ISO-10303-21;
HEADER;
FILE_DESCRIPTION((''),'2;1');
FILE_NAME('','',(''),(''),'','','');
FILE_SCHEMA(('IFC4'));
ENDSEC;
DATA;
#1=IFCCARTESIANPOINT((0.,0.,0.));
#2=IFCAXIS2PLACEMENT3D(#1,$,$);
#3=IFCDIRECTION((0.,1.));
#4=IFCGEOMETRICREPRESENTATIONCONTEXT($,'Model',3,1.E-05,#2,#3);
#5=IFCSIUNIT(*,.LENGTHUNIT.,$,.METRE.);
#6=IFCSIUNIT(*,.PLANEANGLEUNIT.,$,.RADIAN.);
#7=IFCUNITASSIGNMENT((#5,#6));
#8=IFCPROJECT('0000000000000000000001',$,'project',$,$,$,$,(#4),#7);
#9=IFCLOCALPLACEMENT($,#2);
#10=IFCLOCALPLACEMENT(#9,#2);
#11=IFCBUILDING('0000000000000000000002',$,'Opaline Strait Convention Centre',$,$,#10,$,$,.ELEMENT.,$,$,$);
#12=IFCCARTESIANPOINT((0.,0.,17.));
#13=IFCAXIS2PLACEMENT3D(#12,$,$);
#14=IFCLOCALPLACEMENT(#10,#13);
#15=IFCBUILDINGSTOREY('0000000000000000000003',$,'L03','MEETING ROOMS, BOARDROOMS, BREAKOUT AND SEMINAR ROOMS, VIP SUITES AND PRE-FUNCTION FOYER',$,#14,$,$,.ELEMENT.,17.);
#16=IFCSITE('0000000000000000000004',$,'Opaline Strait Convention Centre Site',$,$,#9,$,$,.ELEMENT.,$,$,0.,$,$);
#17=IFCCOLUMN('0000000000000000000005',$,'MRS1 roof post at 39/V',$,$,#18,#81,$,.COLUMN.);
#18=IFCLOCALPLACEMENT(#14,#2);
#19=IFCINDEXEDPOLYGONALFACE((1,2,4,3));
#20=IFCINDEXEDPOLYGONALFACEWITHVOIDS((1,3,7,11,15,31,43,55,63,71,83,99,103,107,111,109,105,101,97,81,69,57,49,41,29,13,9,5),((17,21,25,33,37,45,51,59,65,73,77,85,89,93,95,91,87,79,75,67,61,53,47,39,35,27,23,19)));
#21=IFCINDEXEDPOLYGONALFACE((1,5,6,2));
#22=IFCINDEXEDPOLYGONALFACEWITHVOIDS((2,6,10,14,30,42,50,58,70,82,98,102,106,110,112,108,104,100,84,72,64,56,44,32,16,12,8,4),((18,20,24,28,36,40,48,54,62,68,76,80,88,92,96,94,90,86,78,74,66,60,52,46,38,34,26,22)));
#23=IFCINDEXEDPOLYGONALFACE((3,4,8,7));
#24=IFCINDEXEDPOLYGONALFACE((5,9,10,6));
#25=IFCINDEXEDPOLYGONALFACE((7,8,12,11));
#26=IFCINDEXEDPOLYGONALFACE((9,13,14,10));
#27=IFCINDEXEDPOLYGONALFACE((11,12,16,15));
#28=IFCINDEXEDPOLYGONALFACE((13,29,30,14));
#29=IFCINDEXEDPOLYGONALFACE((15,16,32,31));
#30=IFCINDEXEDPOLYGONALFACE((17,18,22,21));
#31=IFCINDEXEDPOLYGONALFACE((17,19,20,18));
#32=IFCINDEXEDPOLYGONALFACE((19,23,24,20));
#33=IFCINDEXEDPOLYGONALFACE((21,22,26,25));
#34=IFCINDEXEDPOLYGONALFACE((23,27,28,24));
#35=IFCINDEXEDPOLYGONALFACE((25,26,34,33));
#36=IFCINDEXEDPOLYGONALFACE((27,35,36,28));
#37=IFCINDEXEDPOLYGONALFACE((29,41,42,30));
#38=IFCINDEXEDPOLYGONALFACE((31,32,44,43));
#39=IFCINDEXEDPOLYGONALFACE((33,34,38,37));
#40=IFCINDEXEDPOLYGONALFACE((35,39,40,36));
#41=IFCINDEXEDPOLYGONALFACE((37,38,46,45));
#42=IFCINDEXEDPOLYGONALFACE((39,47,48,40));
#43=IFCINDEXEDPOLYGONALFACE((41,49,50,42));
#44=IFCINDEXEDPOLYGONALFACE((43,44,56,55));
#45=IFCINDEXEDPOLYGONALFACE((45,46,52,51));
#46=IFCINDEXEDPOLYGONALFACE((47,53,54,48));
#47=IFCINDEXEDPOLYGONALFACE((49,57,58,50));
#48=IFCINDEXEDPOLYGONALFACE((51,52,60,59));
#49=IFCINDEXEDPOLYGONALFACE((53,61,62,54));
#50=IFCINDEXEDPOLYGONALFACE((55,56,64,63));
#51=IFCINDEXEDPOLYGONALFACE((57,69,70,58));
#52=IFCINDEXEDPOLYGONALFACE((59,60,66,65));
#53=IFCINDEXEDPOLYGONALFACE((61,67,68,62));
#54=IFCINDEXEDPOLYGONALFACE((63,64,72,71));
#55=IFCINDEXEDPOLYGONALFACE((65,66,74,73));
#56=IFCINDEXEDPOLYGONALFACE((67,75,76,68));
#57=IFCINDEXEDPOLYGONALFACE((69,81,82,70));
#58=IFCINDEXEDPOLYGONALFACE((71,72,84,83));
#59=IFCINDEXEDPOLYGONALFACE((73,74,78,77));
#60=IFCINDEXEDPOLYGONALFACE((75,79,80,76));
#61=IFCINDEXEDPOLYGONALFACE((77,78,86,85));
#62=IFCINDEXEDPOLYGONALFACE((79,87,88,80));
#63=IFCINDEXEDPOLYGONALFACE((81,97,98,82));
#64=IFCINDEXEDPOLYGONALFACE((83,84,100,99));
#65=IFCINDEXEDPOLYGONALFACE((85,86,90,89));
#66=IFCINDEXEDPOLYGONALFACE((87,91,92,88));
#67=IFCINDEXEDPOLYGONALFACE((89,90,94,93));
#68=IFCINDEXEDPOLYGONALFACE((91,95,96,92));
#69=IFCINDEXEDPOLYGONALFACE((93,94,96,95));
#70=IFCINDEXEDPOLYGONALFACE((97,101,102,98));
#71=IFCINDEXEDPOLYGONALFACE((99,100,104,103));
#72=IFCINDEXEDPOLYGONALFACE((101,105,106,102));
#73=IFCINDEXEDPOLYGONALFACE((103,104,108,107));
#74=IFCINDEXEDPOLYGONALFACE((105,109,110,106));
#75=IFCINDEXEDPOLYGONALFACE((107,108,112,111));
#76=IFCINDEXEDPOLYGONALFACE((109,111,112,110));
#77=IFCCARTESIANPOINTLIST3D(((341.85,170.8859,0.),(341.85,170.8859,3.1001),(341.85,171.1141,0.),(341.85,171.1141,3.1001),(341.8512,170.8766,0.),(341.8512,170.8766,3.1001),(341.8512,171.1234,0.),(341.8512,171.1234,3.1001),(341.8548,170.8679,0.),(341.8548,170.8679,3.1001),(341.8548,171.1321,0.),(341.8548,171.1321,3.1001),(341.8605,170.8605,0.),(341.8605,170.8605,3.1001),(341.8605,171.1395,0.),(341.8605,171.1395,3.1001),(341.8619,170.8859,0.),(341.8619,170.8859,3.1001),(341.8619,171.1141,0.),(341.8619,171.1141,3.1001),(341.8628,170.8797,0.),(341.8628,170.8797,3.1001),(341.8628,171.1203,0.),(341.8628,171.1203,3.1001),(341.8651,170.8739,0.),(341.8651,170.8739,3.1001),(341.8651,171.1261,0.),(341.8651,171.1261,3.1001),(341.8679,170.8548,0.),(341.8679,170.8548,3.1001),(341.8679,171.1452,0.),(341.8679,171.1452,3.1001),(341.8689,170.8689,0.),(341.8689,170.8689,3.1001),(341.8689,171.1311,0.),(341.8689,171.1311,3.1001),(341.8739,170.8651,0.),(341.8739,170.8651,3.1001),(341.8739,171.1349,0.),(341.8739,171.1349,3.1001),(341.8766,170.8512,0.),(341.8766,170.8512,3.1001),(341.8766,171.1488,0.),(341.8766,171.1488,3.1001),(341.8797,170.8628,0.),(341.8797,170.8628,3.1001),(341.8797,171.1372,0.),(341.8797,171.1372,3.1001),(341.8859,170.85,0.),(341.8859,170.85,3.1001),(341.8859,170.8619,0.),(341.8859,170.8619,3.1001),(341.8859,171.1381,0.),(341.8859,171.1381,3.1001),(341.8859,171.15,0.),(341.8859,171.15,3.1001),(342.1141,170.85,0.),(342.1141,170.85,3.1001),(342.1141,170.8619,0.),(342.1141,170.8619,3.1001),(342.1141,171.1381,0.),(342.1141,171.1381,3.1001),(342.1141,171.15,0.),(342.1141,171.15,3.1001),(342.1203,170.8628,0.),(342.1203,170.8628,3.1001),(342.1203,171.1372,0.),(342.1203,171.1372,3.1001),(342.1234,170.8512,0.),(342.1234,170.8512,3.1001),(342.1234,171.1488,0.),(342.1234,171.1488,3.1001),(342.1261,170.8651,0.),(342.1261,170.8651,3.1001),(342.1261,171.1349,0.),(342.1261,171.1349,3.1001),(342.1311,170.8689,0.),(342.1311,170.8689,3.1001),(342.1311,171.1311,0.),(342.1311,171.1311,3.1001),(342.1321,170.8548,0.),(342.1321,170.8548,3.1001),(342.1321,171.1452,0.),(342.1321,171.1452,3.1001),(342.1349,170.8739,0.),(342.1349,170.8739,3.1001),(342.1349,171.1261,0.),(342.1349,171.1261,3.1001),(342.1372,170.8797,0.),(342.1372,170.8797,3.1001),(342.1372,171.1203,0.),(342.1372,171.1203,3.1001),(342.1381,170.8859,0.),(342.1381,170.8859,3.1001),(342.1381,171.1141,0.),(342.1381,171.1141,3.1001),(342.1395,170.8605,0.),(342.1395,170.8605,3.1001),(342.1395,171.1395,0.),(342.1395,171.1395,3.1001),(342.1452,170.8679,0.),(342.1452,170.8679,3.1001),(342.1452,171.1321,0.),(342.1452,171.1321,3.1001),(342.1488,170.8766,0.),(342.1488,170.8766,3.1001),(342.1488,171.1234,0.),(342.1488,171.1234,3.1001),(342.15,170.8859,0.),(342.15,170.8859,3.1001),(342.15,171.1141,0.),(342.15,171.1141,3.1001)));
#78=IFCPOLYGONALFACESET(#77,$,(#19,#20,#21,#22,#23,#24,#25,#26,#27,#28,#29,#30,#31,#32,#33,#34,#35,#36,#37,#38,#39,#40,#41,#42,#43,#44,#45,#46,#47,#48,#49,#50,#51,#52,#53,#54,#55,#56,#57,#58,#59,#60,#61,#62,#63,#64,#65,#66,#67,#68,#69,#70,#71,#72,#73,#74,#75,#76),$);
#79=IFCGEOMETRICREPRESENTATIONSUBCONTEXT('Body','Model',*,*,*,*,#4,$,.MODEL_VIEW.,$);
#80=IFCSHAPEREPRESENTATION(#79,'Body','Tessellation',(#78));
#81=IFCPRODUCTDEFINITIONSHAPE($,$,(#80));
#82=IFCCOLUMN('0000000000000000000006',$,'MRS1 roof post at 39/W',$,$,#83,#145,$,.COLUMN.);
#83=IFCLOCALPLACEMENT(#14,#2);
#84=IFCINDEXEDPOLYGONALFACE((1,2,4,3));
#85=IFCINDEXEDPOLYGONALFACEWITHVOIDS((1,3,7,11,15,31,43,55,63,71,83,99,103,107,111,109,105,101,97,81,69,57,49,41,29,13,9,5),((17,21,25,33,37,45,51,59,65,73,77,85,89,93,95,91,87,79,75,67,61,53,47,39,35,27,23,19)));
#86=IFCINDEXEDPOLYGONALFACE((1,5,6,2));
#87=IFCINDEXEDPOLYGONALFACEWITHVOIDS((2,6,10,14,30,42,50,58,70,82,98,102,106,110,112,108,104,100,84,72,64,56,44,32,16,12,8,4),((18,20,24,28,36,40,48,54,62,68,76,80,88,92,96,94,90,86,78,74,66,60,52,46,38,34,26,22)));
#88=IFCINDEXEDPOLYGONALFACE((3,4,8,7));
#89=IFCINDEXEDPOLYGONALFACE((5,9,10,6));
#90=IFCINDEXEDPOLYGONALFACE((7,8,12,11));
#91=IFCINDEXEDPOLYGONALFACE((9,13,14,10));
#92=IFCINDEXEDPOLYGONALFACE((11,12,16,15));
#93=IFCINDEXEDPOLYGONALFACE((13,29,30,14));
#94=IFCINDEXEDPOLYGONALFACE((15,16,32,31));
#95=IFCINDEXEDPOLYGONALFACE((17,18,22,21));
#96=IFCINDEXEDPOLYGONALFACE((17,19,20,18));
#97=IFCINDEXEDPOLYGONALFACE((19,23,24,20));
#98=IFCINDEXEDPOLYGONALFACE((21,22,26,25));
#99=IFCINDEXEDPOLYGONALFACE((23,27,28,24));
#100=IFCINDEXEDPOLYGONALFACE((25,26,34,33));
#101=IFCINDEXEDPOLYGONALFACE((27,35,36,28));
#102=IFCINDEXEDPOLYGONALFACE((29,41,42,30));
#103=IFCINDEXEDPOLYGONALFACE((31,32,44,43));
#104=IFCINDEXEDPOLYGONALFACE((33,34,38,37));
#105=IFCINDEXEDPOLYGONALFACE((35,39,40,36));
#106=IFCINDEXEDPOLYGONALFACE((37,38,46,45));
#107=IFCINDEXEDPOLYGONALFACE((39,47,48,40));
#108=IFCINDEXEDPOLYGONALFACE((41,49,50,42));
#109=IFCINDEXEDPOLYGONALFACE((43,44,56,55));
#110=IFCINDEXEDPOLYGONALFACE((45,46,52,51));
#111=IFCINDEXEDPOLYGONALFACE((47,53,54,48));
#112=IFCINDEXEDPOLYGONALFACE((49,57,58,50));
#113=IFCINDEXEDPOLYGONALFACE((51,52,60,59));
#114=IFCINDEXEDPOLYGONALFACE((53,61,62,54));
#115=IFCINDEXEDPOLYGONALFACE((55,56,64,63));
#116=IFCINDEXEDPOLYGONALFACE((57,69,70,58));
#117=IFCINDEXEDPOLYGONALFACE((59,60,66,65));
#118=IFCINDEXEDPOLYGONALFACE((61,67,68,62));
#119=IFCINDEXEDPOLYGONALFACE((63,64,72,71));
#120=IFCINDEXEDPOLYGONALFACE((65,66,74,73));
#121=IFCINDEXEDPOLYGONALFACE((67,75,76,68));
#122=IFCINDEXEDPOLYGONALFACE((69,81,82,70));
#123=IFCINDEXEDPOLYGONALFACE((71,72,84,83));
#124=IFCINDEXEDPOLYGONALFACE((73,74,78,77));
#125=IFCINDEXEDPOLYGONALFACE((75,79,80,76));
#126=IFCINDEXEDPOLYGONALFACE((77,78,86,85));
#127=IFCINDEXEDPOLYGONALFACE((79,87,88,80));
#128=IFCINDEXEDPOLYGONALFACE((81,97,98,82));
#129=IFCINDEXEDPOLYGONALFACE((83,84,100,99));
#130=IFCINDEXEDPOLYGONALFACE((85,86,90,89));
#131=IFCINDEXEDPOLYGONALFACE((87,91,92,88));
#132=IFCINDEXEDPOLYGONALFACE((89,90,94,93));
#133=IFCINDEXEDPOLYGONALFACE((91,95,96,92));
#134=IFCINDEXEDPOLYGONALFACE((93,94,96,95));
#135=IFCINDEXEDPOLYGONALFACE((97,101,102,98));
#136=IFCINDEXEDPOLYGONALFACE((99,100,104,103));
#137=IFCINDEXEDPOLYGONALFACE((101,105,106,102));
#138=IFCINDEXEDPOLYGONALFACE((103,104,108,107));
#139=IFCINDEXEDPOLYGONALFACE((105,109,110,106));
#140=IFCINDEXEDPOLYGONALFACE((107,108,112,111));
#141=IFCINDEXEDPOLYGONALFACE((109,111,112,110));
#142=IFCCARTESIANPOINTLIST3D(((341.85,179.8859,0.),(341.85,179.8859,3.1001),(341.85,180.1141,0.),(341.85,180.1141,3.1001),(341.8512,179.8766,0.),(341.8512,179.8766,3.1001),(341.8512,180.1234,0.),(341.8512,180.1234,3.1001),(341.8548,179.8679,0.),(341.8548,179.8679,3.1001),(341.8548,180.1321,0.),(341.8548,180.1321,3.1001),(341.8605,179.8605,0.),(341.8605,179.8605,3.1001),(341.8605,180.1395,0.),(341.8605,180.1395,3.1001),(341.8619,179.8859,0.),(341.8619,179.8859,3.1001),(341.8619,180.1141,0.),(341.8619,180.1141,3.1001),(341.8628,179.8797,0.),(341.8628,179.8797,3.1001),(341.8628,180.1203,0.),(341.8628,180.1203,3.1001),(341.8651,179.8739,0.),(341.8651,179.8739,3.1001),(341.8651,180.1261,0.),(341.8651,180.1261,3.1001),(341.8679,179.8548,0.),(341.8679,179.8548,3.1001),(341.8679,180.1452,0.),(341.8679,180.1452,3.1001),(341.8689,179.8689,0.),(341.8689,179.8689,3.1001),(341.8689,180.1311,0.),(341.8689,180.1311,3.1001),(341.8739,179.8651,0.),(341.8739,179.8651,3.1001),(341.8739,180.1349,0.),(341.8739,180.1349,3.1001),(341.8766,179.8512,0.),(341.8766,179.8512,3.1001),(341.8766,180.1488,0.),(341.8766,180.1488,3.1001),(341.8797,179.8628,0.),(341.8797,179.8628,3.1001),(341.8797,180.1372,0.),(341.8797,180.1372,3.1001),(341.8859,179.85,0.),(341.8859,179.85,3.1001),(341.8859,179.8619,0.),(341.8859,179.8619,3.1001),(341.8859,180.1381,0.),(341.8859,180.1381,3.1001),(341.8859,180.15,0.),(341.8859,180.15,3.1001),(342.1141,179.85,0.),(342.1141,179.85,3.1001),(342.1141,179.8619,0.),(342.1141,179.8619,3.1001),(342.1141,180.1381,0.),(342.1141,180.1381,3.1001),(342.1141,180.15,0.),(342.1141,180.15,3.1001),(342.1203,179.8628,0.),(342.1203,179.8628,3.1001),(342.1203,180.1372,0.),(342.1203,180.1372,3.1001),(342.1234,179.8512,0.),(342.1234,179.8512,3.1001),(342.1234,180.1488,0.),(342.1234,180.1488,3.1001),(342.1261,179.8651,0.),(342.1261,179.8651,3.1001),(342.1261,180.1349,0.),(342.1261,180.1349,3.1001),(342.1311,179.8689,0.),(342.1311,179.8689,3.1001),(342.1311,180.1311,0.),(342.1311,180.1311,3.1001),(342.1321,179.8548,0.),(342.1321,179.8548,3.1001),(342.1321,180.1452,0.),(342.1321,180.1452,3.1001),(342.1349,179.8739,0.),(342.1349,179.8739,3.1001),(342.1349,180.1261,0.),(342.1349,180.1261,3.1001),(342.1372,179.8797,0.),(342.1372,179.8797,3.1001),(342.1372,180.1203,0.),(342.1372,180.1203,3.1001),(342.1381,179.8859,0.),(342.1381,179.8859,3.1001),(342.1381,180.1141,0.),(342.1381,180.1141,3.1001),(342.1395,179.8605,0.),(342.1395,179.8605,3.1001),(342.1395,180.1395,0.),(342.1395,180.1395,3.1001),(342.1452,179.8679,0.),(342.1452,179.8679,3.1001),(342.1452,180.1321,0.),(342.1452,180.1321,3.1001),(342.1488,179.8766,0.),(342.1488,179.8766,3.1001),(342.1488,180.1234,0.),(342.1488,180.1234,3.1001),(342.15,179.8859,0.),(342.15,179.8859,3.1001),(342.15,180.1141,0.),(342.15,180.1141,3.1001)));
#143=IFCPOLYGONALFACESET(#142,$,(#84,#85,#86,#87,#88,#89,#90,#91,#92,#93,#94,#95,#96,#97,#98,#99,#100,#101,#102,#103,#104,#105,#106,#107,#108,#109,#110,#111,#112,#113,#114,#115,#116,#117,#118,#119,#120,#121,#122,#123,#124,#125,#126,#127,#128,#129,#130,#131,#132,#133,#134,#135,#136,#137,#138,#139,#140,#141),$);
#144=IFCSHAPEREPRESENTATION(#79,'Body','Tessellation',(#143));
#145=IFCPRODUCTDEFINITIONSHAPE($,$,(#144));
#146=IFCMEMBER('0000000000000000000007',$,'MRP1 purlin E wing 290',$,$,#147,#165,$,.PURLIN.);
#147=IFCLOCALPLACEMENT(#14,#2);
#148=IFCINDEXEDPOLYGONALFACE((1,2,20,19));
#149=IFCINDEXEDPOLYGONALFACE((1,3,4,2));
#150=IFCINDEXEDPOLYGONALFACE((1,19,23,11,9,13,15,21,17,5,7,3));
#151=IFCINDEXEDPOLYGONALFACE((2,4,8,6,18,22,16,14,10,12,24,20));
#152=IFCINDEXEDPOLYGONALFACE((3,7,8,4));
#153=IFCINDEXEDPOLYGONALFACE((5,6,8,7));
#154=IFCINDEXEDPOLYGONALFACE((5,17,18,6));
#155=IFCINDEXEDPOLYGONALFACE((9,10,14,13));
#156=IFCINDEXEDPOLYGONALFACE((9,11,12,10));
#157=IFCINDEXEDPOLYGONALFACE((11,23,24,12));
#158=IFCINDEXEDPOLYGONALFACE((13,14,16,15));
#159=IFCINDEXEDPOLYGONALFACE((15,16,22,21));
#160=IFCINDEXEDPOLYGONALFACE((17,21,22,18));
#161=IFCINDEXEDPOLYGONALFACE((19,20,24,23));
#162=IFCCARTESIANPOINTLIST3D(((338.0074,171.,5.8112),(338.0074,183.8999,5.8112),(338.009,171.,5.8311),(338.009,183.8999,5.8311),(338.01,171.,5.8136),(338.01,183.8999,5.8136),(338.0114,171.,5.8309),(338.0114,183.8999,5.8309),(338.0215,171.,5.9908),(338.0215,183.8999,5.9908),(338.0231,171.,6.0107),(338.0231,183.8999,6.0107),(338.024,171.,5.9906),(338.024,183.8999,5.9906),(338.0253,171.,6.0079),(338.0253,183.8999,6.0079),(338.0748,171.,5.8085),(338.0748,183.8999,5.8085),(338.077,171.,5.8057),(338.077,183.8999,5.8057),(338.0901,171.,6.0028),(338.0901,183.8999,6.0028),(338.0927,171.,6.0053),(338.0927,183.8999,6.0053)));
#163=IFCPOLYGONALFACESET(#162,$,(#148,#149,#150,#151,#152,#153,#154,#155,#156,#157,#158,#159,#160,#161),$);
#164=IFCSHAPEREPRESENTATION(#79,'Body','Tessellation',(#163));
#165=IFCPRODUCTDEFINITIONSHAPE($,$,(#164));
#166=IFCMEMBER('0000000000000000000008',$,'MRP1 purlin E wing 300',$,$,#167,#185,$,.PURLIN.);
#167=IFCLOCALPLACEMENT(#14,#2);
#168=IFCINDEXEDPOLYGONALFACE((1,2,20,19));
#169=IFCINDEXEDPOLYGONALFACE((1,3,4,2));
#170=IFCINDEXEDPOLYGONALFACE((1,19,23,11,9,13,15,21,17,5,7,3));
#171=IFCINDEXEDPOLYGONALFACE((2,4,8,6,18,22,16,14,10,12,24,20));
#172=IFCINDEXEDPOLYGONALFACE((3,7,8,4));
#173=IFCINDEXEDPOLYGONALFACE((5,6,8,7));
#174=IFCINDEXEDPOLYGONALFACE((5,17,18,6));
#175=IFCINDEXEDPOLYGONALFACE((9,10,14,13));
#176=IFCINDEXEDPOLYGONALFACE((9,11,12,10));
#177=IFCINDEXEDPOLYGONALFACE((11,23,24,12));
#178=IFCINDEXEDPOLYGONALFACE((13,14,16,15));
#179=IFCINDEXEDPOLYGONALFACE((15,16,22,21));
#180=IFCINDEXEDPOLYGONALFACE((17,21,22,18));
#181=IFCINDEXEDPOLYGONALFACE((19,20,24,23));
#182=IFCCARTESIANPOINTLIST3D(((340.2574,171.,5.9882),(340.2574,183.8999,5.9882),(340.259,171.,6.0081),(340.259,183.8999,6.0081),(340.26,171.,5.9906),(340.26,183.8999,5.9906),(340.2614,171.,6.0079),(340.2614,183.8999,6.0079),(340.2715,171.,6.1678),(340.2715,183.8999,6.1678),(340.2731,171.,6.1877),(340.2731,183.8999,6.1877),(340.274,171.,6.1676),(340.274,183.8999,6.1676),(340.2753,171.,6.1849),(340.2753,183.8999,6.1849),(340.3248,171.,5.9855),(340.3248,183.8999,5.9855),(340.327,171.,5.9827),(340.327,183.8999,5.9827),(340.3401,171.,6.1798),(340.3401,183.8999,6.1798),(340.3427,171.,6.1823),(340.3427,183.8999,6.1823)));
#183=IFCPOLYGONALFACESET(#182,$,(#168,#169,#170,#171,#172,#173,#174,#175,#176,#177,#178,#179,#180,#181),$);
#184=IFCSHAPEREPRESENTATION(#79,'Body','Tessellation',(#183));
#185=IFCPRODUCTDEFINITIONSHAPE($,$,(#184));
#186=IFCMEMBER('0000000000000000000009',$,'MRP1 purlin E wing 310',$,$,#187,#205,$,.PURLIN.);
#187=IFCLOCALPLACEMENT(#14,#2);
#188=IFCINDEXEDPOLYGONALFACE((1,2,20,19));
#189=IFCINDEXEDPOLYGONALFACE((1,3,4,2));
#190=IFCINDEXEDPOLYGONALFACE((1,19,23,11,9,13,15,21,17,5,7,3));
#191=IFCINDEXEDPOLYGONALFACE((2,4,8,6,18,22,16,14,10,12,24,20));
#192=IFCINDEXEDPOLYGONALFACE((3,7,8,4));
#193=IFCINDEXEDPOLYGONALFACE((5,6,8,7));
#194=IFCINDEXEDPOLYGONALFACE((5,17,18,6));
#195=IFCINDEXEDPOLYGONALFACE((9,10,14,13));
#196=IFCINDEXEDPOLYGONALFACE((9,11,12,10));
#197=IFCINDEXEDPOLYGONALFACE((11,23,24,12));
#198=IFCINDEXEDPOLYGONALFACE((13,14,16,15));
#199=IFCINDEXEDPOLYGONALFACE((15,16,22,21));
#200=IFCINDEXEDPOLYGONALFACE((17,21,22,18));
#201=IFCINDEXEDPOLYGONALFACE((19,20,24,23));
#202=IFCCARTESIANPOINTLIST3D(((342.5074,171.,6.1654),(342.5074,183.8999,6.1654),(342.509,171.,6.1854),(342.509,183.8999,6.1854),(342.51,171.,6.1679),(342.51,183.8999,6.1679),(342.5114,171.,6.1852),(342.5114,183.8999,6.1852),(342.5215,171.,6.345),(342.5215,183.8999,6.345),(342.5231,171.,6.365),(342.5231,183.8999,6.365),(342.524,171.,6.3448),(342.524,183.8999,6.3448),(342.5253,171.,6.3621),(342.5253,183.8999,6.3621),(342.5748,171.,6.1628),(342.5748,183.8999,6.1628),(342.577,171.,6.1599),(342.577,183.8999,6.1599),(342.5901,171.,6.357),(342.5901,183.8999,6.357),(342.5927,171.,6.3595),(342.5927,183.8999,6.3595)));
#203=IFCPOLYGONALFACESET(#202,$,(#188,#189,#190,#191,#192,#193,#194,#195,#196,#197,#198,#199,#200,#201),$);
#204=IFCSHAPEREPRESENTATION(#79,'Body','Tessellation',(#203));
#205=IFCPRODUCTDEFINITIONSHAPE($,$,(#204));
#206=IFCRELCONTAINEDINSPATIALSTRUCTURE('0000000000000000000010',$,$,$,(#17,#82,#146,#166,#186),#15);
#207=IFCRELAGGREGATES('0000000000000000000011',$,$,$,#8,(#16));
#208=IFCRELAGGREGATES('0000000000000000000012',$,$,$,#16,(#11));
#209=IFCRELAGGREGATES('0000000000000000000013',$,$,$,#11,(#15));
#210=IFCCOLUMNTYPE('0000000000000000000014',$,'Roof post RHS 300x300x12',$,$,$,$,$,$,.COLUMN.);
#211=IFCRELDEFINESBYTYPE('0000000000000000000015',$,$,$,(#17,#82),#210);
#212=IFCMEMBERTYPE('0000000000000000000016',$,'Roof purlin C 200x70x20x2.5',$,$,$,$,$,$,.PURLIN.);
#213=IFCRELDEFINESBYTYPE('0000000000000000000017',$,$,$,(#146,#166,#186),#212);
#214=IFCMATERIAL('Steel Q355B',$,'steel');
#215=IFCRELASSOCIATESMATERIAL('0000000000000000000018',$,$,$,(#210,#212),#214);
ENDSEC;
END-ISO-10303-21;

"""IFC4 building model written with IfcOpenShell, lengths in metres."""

from ifc_helpers import new_model, si_unit, direction, frame, origin, origin_2d, place, context, subcontext, project, spatial, polyline, hollow_rectangle, outline, extrude, material, material_profile, profile_set, type_object, element, save


model = new_model("IFC4")

# Units and contexts
model_context = context("Model", 3, precision=1e-05, world=origin(), true_north=direction((0.0, 1.0)))
body_context = subcontext(model_context, "Body", "Model", "MODEL_VIEW")
ifc_project = project(units=[si_unit("LENGTHUNIT", "METRE"), si_unit("PLANEANGLEUNIT", "RADIAN")], contexts=[model_context])

# Site, building, storey
site_placement = place(None, origin())
site = spatial("IfcSite", under=ifc_project, at=site_placement, Name="Opaline Strait Convention Centre Site", CompositionType="ELEMENT", RefElevation=0.0)
building_placement = place(site_placement, origin())
building = spatial("IfcBuilding", under=site, at=building_placement, Name="Opaline Strait Convention Centre", CompositionType="ELEMENT")
storey_placement = place(building_placement, frame((0.0, 0.0, 17.0)))
storey = spatial("IfcBuildingStorey", under=building, at=storey_placement, Name="L03", Description="MEETING ROOMS, BOARDROOMS, BREAKOUT AND SEMINAR ROOMS, VIP SUITES AND PRE-FUNCTION FOYER", CompositionType="ELEMENT", Elevation=17.0)

# Columns
ifc_material_1 = material(Name="Steel Q355B", Category="steel")
ifc_material_profile_1 = material_profile(ifc_material_1, hollow_rectangle(XDim=0.3, YDim=0.3, WallThickness=0.012, InnerFilletRadius=0.0239, OuterFilletRadius=0.0359, at=origin_2d()), Name="RHS 300x300x12")
ifc_profile_set_1 = profile_set([ifc_material_profile_1], Name="Steel Q355B")
column_type = type_object("IfcColumnType", Name="Roof post RHS 300x300x12", PredefinedType="COLUMN", material=ifc_profile_set_1)
for number, where, z_axis, x_axis, name in (
    (1, (342.0, 171.0, 0.0), (0.0, 0.0, 1.0), (1.0, 0.0, 0.0), "MRS1 roof post at 39/V"),
    (2, (342.0, 180.0, 0.0), (0.0, 0.0, 1.0), (1.0, 0.0, 0.0), "MRS1 roof post at 39/W"),
):
    element("IfcColumn", number, at=place(storey_placement, frame(where, z_axis=z_axis, x_axis=x_axis)), inside=storey, type_object=column_type, Name=name, PredefinedType="COLUMN", context=body_context, shape_type="SweptSolid", body=[
        extrude(hollow_rectangle(XDim=0.3, YDim=0.3, WallThickness=0.012, InnerFilletRadius=0.0239, OuterFilletRadius=0.0359, at=origin_2d()), origin(), (0.0, 0.0, 1.0), 3.1001),
    ])

# Members
ifc_material_profile_2 = material_profile(ifc_material_1, outline(polyline([(-0.0349, -0.1001), (0.0349, -0.1001), (0.0349, -0.0801), (0.0325, -0.0801), (0.0325, -0.0974), (-0.0325, -0.0974), (-0.0325, 0.0974), (0.0325, 0.0974), (0.0325, 0.0801), (0.0349, 0.0801), (0.0349, 0.1001), (-0.0349, 0.1001), (-0.0349, -0.1001)])), Name="C 200x70x20x2.5")
ifc_profile_set_2 = profile_set([ifc_material_profile_2], Name="Steel Q355B")
member_type_1 = type_object("IfcMemberType", Name="Roof purlin C 200x70x20x2.5", PredefinedType="PURLIN", material=ifc_profile_set_2)
for number, where, z_axis, x_axis, name in (
    (3, (338.05, 171.0, 5.9082), (0.0, 1.0, 0.0), (-0.996917, 0.0, 0.078459), "MRP1 purlin E wing 290"),
    (4, (340.3, 171.0, 6.0852), (0.0, 1.0, 0.0), (-0.996917, 0.0, 0.078459), "MRP1 purlin E wing 300"),
    (5, (342.55, 171.0, 6.2625), (0.0, 1.0, 0.0), (-0.996917, 0.0, 0.078459), "MRP1 purlin E wing 310"),
):
    element("IfcMember", number, at=place(storey_placement, frame(where, z_axis=z_axis, x_axis=x_axis)), inside=storey, type_object=member_type_1, Name=name, PredefinedType="PURLIN", context=body_context, shape_type="SweptSolid", body=[
        extrude(outline(polyline([(-0.0349, -0.1001), (0.0349, -0.1001), (0.0349, -0.0801), (0.0325, -0.0801), (0.0325, -0.0974), (-0.0325, -0.0974), (-0.0325, 0.0974), (0.0325, 0.0974), (0.0325, 0.0801), (0.0349, 0.0801), (0.0349, 0.1001), (-0.0349, 0.1001), (-0.0349, -0.1001)])), origin(), (0.0, 0.0, 1.0), 12.8999),
    ])

save(model, "model.ifc")
